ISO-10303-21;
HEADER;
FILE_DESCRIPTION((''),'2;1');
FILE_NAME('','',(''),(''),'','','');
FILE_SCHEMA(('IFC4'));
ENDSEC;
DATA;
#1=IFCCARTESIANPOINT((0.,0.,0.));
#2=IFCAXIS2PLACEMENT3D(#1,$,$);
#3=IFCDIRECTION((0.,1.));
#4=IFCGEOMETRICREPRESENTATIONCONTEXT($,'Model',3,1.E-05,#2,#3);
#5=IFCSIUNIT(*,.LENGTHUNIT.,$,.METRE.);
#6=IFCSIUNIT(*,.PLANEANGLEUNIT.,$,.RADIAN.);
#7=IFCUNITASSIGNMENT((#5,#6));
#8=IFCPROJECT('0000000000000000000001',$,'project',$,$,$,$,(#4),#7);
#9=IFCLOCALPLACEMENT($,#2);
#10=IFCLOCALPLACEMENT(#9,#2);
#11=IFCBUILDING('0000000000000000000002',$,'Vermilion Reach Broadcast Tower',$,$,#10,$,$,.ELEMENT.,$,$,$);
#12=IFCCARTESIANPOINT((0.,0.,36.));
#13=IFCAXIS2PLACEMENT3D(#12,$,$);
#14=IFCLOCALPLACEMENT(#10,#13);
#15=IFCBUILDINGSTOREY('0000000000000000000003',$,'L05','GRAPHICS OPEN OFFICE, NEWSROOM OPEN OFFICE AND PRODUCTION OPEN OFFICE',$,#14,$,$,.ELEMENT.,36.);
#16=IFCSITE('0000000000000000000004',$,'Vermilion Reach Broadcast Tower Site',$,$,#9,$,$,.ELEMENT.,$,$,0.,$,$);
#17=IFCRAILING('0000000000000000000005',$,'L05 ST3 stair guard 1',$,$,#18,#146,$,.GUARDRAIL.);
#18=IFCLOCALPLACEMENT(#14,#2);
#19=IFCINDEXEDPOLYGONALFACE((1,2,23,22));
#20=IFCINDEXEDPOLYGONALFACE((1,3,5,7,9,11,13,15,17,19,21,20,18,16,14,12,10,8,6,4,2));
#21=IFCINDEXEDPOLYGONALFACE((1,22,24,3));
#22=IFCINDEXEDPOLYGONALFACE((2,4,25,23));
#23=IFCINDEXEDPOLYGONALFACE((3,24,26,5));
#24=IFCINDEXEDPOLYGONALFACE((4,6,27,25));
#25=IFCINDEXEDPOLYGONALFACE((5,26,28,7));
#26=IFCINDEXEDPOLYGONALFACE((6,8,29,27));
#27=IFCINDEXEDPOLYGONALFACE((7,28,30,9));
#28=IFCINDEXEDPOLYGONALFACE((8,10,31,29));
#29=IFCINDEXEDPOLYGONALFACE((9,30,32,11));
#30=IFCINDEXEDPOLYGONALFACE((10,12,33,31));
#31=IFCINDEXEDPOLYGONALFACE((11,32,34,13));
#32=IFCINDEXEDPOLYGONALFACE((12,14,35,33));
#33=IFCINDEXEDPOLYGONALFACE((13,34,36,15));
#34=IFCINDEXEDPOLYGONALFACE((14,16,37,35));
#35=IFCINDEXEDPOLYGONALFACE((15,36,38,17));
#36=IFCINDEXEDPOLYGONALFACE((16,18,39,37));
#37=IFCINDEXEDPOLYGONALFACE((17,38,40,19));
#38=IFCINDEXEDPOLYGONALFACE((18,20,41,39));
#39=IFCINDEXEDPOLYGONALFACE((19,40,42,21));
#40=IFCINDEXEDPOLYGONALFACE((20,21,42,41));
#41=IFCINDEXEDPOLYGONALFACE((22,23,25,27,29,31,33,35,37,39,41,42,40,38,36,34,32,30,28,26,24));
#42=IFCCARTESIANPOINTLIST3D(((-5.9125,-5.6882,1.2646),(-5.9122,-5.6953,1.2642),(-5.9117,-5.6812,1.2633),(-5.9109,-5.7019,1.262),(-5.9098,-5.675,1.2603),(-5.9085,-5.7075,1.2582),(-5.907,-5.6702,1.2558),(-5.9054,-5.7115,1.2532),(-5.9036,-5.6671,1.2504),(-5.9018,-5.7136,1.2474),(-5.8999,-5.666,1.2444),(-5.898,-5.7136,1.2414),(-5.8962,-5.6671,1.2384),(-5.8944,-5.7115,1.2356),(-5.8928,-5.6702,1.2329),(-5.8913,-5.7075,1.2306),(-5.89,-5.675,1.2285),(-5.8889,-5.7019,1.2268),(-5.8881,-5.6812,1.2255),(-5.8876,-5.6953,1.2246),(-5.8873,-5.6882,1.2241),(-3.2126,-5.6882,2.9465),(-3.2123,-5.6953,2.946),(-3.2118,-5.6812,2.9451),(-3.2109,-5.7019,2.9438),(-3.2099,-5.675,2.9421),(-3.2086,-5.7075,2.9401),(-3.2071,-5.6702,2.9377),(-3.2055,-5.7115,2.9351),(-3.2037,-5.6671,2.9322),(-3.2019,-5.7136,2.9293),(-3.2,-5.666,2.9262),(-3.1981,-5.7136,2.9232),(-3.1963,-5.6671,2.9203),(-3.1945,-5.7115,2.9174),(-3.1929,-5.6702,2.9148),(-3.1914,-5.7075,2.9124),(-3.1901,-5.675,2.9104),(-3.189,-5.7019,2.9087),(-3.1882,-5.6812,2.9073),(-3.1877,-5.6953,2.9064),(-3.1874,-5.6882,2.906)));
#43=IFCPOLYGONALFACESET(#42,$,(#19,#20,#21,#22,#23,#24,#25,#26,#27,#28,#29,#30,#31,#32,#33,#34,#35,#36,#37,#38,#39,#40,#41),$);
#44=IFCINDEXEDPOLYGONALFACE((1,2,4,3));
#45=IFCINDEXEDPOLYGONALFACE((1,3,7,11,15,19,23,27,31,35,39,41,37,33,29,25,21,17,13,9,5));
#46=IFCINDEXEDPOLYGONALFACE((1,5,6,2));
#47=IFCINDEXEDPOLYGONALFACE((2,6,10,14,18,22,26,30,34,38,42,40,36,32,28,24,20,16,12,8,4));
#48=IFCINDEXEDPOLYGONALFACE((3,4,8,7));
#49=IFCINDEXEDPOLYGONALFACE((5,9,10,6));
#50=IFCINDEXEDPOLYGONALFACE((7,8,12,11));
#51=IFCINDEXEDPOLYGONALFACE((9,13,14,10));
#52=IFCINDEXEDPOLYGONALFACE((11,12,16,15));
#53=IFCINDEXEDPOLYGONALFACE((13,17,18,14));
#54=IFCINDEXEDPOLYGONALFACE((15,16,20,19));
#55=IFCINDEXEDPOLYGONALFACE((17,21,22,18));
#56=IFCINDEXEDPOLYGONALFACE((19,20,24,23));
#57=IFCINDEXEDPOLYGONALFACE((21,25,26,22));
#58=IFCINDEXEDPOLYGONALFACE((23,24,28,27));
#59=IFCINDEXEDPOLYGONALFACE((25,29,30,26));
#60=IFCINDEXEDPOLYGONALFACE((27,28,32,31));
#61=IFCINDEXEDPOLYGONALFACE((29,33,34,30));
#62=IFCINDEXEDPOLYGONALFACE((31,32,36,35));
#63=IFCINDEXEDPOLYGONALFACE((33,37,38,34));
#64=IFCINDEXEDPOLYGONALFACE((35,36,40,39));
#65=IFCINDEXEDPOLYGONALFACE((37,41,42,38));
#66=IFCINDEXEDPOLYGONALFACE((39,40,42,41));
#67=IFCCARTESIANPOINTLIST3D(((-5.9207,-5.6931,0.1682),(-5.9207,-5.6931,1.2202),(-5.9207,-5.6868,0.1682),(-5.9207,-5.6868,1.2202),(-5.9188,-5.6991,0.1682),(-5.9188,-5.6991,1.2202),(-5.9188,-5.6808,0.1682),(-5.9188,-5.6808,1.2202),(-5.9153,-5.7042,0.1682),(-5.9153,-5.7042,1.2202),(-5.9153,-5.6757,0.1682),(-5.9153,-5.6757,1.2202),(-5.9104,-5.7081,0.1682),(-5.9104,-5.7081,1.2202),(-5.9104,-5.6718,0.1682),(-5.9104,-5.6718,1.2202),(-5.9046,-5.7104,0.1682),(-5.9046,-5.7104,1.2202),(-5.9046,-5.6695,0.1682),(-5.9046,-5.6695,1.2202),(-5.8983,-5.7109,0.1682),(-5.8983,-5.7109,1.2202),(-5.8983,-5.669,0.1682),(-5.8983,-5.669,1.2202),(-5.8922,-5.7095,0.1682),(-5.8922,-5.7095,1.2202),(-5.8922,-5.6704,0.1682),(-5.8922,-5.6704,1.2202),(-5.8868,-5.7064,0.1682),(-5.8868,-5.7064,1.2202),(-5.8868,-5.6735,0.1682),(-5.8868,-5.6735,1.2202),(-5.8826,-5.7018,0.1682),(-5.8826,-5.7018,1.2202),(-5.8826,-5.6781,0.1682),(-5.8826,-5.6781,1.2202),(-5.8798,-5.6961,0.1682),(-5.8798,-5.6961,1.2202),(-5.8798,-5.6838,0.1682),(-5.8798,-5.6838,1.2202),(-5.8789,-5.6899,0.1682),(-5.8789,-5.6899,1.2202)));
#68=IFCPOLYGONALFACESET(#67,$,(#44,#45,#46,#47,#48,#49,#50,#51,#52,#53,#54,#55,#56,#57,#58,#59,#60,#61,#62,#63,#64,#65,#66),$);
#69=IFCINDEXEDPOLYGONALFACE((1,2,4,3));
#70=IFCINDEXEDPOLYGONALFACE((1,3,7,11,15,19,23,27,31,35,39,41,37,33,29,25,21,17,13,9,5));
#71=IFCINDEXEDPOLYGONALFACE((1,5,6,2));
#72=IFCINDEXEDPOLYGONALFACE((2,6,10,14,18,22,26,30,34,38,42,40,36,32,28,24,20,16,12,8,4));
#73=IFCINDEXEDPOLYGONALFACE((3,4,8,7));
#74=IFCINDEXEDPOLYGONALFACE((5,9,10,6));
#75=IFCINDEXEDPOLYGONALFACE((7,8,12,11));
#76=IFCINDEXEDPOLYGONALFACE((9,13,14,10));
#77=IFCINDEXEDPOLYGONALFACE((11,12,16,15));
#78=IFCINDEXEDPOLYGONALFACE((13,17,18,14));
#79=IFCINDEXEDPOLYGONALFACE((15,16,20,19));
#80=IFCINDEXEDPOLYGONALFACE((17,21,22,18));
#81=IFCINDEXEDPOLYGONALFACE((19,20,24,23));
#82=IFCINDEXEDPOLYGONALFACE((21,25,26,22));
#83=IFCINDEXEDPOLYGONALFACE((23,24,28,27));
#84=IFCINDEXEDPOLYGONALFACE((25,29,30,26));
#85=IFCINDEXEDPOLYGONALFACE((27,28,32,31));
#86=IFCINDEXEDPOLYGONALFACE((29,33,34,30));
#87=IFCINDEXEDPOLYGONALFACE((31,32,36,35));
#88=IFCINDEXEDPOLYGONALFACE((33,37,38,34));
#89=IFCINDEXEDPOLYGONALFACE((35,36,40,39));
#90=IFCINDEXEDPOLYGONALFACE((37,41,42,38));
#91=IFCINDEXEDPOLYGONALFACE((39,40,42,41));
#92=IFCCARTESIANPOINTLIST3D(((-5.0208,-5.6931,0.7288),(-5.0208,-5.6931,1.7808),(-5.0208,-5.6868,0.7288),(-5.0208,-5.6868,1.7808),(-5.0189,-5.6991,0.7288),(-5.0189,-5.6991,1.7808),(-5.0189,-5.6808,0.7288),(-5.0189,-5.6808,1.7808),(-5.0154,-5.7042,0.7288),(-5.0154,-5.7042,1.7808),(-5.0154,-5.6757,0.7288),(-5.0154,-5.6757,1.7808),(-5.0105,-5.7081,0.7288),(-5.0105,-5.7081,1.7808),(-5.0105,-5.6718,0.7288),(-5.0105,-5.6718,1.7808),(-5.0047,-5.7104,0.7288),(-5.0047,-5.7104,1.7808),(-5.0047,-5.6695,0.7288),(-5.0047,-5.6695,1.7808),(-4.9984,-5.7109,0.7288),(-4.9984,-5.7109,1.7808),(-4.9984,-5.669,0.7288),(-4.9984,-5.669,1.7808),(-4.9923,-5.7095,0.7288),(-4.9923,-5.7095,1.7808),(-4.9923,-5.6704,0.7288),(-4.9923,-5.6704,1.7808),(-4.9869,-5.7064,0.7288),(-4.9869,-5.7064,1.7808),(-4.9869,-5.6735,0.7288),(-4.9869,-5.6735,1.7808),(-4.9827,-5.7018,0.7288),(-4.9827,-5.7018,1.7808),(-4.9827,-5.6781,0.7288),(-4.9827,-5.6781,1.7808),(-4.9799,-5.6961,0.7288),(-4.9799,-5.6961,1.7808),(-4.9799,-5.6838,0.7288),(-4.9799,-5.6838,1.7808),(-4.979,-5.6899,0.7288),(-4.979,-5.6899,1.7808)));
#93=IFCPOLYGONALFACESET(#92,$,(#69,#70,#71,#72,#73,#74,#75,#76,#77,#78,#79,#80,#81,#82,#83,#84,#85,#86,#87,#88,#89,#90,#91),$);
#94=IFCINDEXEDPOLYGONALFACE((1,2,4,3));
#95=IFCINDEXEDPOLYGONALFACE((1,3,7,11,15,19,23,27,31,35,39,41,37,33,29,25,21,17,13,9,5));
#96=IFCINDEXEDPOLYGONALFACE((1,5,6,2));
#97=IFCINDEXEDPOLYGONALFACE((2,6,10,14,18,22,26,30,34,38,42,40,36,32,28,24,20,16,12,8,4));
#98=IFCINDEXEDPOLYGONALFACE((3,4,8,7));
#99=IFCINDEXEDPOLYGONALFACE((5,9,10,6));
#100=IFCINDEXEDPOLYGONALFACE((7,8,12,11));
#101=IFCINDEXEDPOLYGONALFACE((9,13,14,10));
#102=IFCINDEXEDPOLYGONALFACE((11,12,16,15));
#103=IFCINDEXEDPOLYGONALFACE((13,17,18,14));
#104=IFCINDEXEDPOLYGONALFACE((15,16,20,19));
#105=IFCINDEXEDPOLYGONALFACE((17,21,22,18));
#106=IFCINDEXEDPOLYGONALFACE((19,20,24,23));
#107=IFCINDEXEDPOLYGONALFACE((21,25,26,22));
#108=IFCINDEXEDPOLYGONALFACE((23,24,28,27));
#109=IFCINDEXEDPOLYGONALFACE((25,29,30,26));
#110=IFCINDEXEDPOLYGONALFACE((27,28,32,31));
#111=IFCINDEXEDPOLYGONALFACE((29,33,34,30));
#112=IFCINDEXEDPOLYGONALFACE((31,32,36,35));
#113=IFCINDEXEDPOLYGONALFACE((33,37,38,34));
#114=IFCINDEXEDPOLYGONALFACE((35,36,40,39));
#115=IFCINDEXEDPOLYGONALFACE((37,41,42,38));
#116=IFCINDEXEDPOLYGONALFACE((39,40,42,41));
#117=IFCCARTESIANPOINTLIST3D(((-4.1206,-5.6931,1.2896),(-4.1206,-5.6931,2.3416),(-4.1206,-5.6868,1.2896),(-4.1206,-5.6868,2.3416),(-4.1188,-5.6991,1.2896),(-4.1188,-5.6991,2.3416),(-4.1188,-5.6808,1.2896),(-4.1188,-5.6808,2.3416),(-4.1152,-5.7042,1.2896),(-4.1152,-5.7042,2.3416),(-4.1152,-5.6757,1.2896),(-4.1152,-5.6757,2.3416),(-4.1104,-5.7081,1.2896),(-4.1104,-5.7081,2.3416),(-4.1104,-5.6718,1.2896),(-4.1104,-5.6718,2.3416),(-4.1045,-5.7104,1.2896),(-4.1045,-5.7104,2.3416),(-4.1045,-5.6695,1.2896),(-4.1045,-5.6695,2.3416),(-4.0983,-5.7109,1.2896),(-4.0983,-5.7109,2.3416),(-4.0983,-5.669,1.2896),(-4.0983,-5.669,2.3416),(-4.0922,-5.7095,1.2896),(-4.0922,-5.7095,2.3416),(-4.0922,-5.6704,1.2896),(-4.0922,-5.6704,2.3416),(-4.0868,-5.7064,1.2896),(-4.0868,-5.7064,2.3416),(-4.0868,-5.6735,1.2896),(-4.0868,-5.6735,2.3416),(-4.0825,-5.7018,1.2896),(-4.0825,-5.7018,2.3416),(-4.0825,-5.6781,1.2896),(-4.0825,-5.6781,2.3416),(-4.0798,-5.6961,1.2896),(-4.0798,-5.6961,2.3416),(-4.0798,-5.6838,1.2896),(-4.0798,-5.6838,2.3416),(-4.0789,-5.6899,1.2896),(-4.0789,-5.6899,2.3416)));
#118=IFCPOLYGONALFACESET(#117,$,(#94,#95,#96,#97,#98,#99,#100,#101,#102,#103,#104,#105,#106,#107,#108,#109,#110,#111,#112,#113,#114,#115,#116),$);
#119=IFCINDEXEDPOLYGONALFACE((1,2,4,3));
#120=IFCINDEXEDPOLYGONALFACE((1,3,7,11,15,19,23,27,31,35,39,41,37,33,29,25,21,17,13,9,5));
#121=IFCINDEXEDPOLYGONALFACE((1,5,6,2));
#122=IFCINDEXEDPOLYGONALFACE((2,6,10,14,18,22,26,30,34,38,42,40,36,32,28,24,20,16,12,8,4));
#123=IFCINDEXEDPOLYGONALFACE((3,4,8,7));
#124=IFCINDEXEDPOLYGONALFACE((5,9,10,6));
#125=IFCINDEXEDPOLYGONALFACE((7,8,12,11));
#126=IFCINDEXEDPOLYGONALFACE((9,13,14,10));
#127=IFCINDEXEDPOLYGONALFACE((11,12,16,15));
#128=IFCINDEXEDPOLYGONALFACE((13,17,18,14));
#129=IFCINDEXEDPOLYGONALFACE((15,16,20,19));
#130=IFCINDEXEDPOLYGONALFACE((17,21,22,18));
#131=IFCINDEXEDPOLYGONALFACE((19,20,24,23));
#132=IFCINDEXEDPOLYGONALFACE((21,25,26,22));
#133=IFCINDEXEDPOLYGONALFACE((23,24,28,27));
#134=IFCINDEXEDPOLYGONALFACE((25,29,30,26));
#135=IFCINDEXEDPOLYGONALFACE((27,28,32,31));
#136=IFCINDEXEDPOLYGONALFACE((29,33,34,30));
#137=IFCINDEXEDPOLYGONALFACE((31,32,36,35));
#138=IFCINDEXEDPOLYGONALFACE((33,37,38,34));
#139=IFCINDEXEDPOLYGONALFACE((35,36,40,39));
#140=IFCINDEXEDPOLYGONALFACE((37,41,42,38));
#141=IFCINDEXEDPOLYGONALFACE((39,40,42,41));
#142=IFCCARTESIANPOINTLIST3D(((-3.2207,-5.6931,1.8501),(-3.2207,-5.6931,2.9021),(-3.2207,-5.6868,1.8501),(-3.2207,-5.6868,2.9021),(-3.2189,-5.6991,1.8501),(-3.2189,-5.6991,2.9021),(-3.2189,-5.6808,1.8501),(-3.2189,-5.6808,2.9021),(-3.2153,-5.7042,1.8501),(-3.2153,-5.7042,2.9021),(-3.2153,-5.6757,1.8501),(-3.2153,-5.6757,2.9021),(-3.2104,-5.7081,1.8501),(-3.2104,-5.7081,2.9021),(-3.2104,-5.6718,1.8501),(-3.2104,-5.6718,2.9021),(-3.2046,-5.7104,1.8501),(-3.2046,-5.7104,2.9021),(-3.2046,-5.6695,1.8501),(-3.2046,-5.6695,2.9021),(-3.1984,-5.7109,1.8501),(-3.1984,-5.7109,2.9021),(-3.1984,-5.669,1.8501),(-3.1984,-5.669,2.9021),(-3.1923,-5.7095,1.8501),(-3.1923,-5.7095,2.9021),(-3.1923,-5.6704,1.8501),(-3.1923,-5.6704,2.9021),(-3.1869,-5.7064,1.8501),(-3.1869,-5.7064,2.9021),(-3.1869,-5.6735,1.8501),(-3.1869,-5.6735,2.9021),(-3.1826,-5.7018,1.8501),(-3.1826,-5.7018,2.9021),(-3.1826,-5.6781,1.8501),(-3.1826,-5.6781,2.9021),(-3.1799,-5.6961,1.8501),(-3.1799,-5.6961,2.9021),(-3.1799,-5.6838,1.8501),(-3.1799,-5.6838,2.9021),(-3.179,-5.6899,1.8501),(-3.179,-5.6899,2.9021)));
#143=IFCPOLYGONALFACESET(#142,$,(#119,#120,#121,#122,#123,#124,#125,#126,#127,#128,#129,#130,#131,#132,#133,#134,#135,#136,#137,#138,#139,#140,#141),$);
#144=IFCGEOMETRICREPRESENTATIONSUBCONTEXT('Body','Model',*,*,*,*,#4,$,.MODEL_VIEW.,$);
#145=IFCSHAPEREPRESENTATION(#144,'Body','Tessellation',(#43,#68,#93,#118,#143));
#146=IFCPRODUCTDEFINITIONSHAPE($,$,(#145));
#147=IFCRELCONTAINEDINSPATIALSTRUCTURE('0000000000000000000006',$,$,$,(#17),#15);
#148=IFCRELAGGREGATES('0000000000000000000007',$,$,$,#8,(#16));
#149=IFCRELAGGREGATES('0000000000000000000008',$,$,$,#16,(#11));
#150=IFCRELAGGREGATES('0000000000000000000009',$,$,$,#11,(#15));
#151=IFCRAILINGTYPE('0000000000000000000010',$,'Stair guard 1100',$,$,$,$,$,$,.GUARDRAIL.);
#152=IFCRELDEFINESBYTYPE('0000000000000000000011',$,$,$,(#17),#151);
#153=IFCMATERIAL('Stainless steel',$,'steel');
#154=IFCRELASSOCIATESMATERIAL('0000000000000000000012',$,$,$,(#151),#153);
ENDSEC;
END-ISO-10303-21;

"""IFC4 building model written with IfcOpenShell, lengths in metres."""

from ifc_helpers import new_model, si_unit, direction, frame, origin, origin_2d, place, context, subcontext, project, spatial, circle, extrude, material, type_object, element, save


model = new_model("IFC4")

# Units and contexts
model_context = context("Model", 3, precision=1e-05, world=origin(), true_north=direction((0.0, 1.0)))
body_context = subcontext(model_context, "Body", "Model", "MODEL_VIEW")
ifc_project = project(units=[si_unit("LENGTHUNIT", "METRE"), si_unit("PLANEANGLEUNIT", "RADIAN")], contexts=[model_context])

# Site, building, storey
site_placement = place(None, origin())
site = spatial("IfcSite", under=ifc_project, at=site_placement, Name="Vermilion Reach Broadcast Tower Site", CompositionType="ELEMENT", RefElevation=0.0)
building_placement = place(site_placement, origin())
building = spatial("IfcBuilding", under=site, at=building_placement, Name="Vermilion Reach Broadcast Tower", CompositionType="ELEMENT")
storey_placement = place(building_placement, frame((0.0, 0.0, 36.0)))
storey = spatial("IfcBuildingStorey", under=building, at=storey_placement, Name="L05", Description="GRAPHICS OPEN OFFICE, NEWSROOM OPEN OFFICE AND PRODUCTION OPEN OFFICE", CompositionType="ELEMENT", Elevation=36.0)

# Railing
ifc_material_1 = material(Name="Stainless steel", Category="steel")
railing_type_1 = type_object("IfcRailingType", Name="Stair guard 1100", PredefinedType="GUARDRAIL", material=ifc_material_1)
railing_1_placement = place(storey_placement, frame((-5.8999, -5.6899, 0.1682)))
element("IfcRailing", 1, at=railing_1_placement, inside=storey, type_object=railing_type_1, Name="L05 ST3 stair guard 1", PredefinedType="GUARDRAIL", context=body_context, shape_type="SweptSolid", body=[
    extrude(circle(Radius=0.0239, at=origin_2d()), frame((0.0, 0.0, 1.0762), z_axis=(0.848786, 0.0, 0.528736), x_axis=(0.0, 1.0, 0.0)), (0.0, 0.0, 1.0), 3.1809),
    extrude(circle(Radius=0.021, at=origin_2d()), origin(), (0.0, 0.0, 1.0), 1.052),
    extrude(circle(Radius=0.021, at=origin_2d()), frame((0.8999, 0.0, 0.5605)), (0.0, 0.0, 1.0), 1.052),
    extrude(circle(Radius=0.021, at=origin_2d()), frame((1.8, 0.0, 1.1213)), (0.0, 0.0, 1.0), 1.052),
    extrude(circle(Radius=0.021, at=origin_2d()), frame((2.7, 0.0, 1.6819)), (0.0, 0.0, 1.0), 1.052),
])

save(model, "model.ifc")
